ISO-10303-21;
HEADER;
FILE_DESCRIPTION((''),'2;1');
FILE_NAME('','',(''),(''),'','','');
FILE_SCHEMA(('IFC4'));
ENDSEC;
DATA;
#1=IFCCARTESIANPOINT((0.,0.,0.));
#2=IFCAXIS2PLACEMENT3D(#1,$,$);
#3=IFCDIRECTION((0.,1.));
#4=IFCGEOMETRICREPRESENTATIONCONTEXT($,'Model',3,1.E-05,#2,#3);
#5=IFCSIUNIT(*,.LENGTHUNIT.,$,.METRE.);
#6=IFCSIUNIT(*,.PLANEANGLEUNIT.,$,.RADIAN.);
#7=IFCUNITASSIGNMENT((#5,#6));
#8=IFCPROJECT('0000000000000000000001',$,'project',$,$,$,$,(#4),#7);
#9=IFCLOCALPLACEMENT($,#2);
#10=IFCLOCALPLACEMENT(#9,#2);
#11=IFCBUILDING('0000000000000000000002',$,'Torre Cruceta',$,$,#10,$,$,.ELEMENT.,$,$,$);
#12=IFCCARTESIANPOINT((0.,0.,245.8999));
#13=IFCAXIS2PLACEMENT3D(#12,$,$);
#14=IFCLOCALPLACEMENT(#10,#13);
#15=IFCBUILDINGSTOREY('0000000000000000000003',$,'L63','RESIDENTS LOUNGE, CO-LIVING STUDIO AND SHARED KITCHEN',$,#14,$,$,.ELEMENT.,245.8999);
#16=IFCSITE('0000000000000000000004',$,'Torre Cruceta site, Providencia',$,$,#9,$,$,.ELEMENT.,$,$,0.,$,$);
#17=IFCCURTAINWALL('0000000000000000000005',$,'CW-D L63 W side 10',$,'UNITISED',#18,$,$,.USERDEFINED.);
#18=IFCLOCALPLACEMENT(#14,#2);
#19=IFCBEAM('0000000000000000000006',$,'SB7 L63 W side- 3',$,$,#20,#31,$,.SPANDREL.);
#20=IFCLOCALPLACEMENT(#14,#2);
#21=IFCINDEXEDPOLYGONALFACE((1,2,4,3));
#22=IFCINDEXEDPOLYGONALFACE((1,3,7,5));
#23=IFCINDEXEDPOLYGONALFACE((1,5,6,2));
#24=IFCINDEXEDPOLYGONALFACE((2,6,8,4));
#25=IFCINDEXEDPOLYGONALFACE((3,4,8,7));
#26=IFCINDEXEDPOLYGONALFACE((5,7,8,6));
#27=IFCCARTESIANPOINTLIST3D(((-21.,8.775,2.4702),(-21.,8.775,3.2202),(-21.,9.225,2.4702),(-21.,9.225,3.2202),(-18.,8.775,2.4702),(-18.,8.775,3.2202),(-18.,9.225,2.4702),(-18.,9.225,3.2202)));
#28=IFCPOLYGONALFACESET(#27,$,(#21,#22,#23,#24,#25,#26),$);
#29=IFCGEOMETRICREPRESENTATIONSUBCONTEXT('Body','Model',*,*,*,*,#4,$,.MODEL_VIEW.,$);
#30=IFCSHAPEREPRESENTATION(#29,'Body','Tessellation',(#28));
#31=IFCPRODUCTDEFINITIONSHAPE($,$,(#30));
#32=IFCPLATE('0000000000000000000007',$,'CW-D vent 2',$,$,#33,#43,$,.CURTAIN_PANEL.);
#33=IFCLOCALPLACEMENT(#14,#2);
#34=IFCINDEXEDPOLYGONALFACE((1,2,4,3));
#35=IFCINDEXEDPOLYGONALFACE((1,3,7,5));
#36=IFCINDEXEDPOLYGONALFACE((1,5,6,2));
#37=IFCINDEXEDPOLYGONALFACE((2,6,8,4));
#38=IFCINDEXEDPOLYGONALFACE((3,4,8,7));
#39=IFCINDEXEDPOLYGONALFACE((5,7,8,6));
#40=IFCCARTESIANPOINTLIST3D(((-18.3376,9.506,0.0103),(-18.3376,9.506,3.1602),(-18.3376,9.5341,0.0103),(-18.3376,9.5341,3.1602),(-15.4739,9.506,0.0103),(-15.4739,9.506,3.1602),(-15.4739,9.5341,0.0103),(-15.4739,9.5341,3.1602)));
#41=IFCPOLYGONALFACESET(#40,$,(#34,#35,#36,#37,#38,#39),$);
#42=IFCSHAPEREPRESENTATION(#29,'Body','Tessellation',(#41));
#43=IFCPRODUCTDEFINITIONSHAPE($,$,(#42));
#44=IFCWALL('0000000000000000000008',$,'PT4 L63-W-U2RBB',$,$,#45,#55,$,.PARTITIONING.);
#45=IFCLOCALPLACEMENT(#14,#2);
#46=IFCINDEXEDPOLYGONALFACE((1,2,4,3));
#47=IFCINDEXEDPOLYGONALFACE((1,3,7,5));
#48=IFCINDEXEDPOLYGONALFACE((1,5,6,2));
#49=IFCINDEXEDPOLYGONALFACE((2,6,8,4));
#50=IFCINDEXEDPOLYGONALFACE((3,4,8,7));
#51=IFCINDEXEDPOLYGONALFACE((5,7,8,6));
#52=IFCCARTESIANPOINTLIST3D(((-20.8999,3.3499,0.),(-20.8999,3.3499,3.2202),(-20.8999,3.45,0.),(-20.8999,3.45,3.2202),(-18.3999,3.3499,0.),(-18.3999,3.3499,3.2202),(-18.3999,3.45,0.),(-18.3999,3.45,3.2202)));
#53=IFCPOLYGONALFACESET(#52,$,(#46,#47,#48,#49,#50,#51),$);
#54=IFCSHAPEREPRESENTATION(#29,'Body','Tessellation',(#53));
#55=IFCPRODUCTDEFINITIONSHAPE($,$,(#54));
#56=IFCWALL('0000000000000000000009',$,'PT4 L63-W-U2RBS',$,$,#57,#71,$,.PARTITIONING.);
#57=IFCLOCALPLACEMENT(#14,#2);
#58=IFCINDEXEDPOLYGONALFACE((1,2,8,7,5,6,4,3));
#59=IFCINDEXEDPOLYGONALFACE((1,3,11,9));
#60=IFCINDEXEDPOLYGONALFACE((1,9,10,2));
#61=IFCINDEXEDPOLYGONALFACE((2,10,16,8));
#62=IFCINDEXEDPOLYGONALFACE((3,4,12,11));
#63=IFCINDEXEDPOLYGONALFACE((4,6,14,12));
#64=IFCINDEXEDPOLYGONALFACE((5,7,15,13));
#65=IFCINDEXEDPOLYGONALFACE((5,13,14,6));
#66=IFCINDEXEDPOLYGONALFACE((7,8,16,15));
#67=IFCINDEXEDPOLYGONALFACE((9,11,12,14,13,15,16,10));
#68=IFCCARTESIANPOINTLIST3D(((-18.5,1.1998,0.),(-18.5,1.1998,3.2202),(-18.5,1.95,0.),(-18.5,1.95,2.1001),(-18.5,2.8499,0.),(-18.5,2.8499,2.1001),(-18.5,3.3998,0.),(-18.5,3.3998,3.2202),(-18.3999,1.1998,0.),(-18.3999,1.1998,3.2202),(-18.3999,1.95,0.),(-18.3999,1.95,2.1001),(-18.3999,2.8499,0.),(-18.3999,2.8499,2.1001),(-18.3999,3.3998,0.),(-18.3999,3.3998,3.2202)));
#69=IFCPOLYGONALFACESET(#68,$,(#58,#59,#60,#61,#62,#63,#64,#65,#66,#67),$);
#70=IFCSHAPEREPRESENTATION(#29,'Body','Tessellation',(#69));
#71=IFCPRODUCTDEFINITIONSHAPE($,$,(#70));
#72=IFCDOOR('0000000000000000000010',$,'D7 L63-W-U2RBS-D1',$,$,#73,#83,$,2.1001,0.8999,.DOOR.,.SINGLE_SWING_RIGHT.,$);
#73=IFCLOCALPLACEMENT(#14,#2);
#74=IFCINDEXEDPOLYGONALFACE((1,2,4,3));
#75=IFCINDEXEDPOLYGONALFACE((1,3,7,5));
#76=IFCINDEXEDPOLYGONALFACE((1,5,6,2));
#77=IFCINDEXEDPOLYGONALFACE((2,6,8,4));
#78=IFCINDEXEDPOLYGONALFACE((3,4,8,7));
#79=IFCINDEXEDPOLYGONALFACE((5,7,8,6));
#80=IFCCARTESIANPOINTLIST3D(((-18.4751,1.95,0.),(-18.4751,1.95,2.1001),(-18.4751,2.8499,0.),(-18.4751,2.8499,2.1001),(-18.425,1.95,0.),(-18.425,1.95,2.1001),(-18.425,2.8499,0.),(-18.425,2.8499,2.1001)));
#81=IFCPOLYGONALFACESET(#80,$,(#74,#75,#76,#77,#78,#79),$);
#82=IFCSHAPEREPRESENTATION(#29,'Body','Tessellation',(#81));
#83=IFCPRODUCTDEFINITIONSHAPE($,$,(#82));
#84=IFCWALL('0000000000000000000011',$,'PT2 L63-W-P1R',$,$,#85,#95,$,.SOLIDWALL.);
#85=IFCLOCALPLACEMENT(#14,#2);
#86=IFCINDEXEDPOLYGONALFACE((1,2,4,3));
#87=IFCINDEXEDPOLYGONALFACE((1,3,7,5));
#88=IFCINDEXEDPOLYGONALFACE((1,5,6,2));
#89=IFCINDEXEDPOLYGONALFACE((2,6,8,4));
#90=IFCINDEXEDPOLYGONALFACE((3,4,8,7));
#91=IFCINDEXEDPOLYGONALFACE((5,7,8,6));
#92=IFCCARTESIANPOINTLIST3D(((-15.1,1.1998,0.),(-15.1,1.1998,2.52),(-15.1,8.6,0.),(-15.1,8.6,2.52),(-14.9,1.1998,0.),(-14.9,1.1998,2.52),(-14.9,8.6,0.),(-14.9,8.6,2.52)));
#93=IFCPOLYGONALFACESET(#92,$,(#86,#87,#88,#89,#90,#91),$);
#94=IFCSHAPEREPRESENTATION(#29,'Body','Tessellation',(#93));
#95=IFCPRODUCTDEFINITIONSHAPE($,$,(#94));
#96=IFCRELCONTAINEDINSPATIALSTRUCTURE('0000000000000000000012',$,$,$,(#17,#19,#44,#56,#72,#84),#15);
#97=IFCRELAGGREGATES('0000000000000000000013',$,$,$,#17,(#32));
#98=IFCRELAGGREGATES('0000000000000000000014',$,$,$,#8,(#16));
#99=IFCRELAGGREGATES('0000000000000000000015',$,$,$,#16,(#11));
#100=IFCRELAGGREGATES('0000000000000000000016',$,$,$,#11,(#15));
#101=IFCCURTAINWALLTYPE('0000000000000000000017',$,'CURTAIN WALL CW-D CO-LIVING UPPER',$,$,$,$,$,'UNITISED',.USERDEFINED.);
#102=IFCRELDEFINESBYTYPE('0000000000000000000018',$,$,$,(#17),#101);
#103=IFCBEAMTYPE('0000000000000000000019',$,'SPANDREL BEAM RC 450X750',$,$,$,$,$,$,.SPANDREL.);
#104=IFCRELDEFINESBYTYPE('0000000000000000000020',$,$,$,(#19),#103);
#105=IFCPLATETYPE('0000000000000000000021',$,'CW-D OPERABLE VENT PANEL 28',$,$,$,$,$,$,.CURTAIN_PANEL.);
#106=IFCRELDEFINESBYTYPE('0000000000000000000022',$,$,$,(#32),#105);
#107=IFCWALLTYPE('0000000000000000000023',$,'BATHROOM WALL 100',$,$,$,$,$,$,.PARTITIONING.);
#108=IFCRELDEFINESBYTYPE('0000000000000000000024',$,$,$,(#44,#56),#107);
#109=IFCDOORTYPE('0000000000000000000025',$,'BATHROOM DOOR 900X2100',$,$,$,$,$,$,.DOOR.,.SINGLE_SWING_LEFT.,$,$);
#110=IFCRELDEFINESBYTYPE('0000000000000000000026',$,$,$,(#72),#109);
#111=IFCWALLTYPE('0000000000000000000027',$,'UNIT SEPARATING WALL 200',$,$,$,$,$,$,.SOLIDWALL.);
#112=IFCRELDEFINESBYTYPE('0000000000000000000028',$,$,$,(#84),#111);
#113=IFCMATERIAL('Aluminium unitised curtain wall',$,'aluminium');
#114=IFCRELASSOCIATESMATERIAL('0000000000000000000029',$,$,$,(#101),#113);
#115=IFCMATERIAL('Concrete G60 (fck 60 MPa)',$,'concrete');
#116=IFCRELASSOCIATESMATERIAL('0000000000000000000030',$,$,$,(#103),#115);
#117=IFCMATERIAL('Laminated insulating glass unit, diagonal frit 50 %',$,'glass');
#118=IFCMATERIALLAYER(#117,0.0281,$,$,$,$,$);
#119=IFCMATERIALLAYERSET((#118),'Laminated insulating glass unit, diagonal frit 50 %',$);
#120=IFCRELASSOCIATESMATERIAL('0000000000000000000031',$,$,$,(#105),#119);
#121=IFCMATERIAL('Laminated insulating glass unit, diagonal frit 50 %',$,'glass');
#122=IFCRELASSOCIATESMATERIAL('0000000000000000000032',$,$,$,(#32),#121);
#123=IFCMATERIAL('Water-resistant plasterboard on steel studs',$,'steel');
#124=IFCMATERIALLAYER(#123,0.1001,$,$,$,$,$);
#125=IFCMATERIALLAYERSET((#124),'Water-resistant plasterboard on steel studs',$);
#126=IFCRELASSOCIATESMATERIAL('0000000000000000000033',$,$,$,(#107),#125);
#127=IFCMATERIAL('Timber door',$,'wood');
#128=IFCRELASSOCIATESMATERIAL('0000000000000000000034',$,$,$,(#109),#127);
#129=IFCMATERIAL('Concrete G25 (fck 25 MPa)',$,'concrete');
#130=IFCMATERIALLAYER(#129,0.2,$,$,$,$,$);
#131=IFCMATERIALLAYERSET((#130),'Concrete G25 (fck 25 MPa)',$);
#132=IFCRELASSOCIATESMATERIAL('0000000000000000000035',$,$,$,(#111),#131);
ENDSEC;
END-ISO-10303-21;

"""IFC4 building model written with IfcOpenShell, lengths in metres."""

from ifc_helpers import new_model, si_unit, direction, frame, frame_2d, origin, origin_2d, place, context, subcontext, project, spatial, rectangle, extrude, material, layer, layer_set, material_profile, profile_set, type_object, element, fill, aggregate, save


model = new_model("IFC4")

# Units and contexts
model_context = context("Model", 3, precision=1e-05, world=origin(), true_north=direction((0.0, 1.0)))
body_context = subcontext(model_context, "Body", "Model", "MODEL_VIEW")
ifc_project = project(units=[si_unit("LENGTHUNIT", "METRE"), si_unit("PLANEANGLEUNIT", "RADIAN")], contexts=[model_context])

# Site, building, storey
site_placement = place(None, origin())
site = spatial("IfcSite", under=ifc_project, at=site_placement, Name="Torre Cruceta site, Providencia", CompositionType="ELEMENT", RefElevation=0.0)
building_placement = place(site_placement, origin())
building = spatial("IfcBuilding", under=site, at=building_placement, Name="Torre Cruceta", CompositionType="ELEMENT")
storey_placement = place(building_placement, frame((0.0, 0.0, 245.8999)))
storey = spatial("IfcBuildingStorey", under=building, at=storey_placement, Name="L63", Description="RESIDENTS LOUNGE, CO-LIVING STUDIO AND SHARED KITCHEN", CompositionType="ELEMENT", Elevation=245.8999)

# Curtain wall
ifc_material_1 = material(Name="Aluminium unitised curtain wall", Category="aluminium")
curtain_wall_type = type_object("IfcCurtainWallType", Name="CURTAIN WALL CW-D CO-LIVING UPPER", ElementType="UNITISED", PredefinedType="USERDEFINED", material=ifc_material_1)
curtain_wall_placement = place(storey_placement, origin())
curtain_wall = element("IfcCurtainWall", 1, at=curtain_wall_placement, inside=storey, type_object=curtain_wall_type, Name="CW-D L63 W side 10", ObjectType="UNITISED", PredefinedType="USERDEFINED")

# Beam
ifc_material_2 = material(Name="Concrete G60 (fck 60 MPa)", Category="concrete")
ifc_material_profile_1 = material_profile(ifc_material_2, rectangle(XDim=0.45, YDim=0.75, at=origin_2d()), Name="RC 450X750")
ifc_profile_set_1 = profile_set([ifc_material_profile_1], Name="Concrete G60 (fck 60 MPa)")
beam_type_1 = type_object("IfcBeamType", Name="SPANDREL BEAM RC 450X750", PredefinedType="SPANDREL", material=ifc_profile_set_1)
for number, where, z_axis, x_axis, name in (
    (2, (-18.0, 9.0, 2.8452), (-1.0, 0.0, 0.0), (0.0, -1.0, 0.0), "SB7 L63 W side- 3"),
):
    element("IfcBeam", number, at=place(storey_placement, frame(where, z_axis=z_axis, x_axis=x_axis)), inside=storey, type_object=beam_type_1, Name=name, PredefinedType="SPANDREL", context=body_context, shape_type="SweptSolid", body=[
        extrude(rectangle(XDim=0.45, YDim=0.75, at=origin_2d()), origin(), (0.0, 0.0, 1.0), 3.0),
    ])

# Plate
ifc_material_3 = material(Name="Laminated insulating glass unit, diagonal frit 50 %", Category="glass")
ifc_material_4 = material(Name="Laminated insulating glass unit, diagonal frit 50 %", Category="glass")
ifc_layer_1 = layer(ifc_material_4, 0.0281)
ifc_layer_set_1 = layer_set([ifc_layer_1], Name="Laminated insulating glass unit, diagonal frit 50 %")
plate_type = type_object("IfcPlateType", Name="CW-D OPERABLE VENT PANEL 28", PredefinedType="CURTAIN_PANEL", material=ifc_layer_set_1)
plate_placement = place(storey_placement, frame((-16.9058, 9.52, 0.0103), z_axis=(0.0, 0.0, 1.0), x_axis=(-1.0, 0.0, 0.0)))
plate = element("IfcPlate", 3, at=plate_placement, type_object=plate_type, material=ifc_material_3, Name="CW-D vent 2", PredefinedType="CURTAIN_PANEL", context=body_context, shape_type="SweptSolid", body=[
    extrude(rectangle(XDim=2.8638, YDim=0.0281, at=origin_2d()), origin(), (0.0, 0.0, 1.0), 3.1499),
])
aggregate(curtain_wall, [plate])

# Wall
ifc_material_5 = material(Name="Water-resistant plasterboard on steel studs", Category="steel")
ifc_layer_2 = layer(ifc_material_5, 0.1001)
ifc_layer_set_2 = layer_set([ifc_layer_2], Name="Water-resistant plasterboard on steel studs")
wall_type_1 = type_object("IfcWallType", Name="BATHROOM WALL 100", PredefinedType="PARTITIONING", material=ifc_layer_set_2)
wall_1_placement = place(storey_placement, frame((-18.3999, 3.3999, 0.0), z_axis=(0.0, 0.0, 1.0), x_axis=(-1.0, 0.0, 0.0)))
element("IfcWall", 4, at=wall_1_placement, inside=storey, type_object=wall_type_1, Name="PT4 L63-W-U2RBB", PredefinedType="PARTITIONING", context=body_context, shape_type="SweptSolid", body=[
    extrude(rectangle(XDim=2.5, YDim=0.1001, at=frame_2d((1.25, 0.0))), origin(), (0.0, 0.0, 1.0), 3.2202),
])

# Wall, opening, door
wall_2_placement = place(storey_placement, frame((-18.45, 3.3999, 0.0), z_axis=(0.0, 0.0, 1.0), x_axis=(0.0, -1.0, 0.0)))
wall_2 = element("IfcWall", 5, at=wall_2_placement, inside=storey, type_object=wall_type_1, Name="PT4 L63-W-U2RBS", PredefinedType="PARTITIONING", context=body_context, shape_type="SweptSolid", body=[
    extrude(rectangle(XDim=2.2, YDim=0.1001, at=frame_2d((1.1001, 0.0))), origin(), (0.0, 0.0, 1.0), 3.2202),
])
opening_placement = place(wall_2_placement, frame((0.55, 0.0, 0.0)))
opening = element("IfcOpeningElement", 6, at=opening_placement, cuts=wall_2, PredefinedType="OPENING", context=body_context, shape_type="SweptSolid", body=[
    extrude(rectangle(XDim=0.8999, YDim=2.1001, at=frame_2d((0.45, 1.05))), frame((0.0, 0.0601, 0.0), z_axis=(0.0, -1.0, 0.0), x_axis=(1.0, 0.0, 0.0)), (0.0, 0.0, 1.0), 0.1201),
])
ifc_material_6 = material(Name="Timber door", Category="wood")
door_type = type_object("IfcDoorType", Name="BATHROOM DOOR 900X2100", OperationType="SINGLE_SWING_LEFT", PredefinedType="DOOR", material=ifc_material_6)
door_placement = place(opening_placement, frame((0.8999, 0.0, 0.0), z_axis=(0.0, 0.0, 1.0), x_axis=(-1.0, 0.0, 0.0)))
door = element("IfcDoor", 7, at=door_placement, inside=storey, type_object=door_type, Name="D7 L63-W-U2RBS-D1", OperationType="SINGLE_SWING_RIGHT", OverallHeight=2.1001, OverallWidth=0.8999, PredefinedType="DOOR", context=body_context, shape_type="SweptSolid", body=[
    extrude(rectangle(XDim=0.8999, YDim=2.1001, at=frame_2d((0.45, 1.05))), frame((0.0, 0.0251, 0.0), z_axis=(0.0, -1.0, 0.0), x_axis=(1.0, 0.0, 0.0)), (0.0, 0.0, 1.0), 0.05),
])
fill(opening, door)

# Wall
ifc_material_7 = material(Name="Concrete G25 (fck 25 MPa)", Category="concrete")
ifc_layer_3 = layer(ifc_material_7, 0.2)
ifc_layer_set_3 = layer_set([ifc_layer_3], Name="Concrete G25 (fck 25 MPa)")
wall_type_2 = type_object("IfcWallType", Name="UNIT SEPARATING WALL 200", PredefinedType="SOLIDWALL", material=ifc_layer_set_3)
wall_3_placement = place(storey_placement, frame((-15.0, 8.6001, 0.0), z_axis=(0.0, 0.0, 1.0), x_axis=(0.0, -1.0, 0.0)))
element("IfcWall", 8, at=wall_3_placement, inside=storey, type_object=wall_type_2, Name="PT2 L63-W-P1R", PredefinedType="SOLIDWALL", context=body_context, shape_type="SweptSolid", body=[
    extrude(rectangle(XDim=7.4001, YDim=0.2, at=frame_2d((3.7002, 0.0))), origin(), (0.0, 0.0, 1.0), 2.52),
])

save(model, "model.ifc")
